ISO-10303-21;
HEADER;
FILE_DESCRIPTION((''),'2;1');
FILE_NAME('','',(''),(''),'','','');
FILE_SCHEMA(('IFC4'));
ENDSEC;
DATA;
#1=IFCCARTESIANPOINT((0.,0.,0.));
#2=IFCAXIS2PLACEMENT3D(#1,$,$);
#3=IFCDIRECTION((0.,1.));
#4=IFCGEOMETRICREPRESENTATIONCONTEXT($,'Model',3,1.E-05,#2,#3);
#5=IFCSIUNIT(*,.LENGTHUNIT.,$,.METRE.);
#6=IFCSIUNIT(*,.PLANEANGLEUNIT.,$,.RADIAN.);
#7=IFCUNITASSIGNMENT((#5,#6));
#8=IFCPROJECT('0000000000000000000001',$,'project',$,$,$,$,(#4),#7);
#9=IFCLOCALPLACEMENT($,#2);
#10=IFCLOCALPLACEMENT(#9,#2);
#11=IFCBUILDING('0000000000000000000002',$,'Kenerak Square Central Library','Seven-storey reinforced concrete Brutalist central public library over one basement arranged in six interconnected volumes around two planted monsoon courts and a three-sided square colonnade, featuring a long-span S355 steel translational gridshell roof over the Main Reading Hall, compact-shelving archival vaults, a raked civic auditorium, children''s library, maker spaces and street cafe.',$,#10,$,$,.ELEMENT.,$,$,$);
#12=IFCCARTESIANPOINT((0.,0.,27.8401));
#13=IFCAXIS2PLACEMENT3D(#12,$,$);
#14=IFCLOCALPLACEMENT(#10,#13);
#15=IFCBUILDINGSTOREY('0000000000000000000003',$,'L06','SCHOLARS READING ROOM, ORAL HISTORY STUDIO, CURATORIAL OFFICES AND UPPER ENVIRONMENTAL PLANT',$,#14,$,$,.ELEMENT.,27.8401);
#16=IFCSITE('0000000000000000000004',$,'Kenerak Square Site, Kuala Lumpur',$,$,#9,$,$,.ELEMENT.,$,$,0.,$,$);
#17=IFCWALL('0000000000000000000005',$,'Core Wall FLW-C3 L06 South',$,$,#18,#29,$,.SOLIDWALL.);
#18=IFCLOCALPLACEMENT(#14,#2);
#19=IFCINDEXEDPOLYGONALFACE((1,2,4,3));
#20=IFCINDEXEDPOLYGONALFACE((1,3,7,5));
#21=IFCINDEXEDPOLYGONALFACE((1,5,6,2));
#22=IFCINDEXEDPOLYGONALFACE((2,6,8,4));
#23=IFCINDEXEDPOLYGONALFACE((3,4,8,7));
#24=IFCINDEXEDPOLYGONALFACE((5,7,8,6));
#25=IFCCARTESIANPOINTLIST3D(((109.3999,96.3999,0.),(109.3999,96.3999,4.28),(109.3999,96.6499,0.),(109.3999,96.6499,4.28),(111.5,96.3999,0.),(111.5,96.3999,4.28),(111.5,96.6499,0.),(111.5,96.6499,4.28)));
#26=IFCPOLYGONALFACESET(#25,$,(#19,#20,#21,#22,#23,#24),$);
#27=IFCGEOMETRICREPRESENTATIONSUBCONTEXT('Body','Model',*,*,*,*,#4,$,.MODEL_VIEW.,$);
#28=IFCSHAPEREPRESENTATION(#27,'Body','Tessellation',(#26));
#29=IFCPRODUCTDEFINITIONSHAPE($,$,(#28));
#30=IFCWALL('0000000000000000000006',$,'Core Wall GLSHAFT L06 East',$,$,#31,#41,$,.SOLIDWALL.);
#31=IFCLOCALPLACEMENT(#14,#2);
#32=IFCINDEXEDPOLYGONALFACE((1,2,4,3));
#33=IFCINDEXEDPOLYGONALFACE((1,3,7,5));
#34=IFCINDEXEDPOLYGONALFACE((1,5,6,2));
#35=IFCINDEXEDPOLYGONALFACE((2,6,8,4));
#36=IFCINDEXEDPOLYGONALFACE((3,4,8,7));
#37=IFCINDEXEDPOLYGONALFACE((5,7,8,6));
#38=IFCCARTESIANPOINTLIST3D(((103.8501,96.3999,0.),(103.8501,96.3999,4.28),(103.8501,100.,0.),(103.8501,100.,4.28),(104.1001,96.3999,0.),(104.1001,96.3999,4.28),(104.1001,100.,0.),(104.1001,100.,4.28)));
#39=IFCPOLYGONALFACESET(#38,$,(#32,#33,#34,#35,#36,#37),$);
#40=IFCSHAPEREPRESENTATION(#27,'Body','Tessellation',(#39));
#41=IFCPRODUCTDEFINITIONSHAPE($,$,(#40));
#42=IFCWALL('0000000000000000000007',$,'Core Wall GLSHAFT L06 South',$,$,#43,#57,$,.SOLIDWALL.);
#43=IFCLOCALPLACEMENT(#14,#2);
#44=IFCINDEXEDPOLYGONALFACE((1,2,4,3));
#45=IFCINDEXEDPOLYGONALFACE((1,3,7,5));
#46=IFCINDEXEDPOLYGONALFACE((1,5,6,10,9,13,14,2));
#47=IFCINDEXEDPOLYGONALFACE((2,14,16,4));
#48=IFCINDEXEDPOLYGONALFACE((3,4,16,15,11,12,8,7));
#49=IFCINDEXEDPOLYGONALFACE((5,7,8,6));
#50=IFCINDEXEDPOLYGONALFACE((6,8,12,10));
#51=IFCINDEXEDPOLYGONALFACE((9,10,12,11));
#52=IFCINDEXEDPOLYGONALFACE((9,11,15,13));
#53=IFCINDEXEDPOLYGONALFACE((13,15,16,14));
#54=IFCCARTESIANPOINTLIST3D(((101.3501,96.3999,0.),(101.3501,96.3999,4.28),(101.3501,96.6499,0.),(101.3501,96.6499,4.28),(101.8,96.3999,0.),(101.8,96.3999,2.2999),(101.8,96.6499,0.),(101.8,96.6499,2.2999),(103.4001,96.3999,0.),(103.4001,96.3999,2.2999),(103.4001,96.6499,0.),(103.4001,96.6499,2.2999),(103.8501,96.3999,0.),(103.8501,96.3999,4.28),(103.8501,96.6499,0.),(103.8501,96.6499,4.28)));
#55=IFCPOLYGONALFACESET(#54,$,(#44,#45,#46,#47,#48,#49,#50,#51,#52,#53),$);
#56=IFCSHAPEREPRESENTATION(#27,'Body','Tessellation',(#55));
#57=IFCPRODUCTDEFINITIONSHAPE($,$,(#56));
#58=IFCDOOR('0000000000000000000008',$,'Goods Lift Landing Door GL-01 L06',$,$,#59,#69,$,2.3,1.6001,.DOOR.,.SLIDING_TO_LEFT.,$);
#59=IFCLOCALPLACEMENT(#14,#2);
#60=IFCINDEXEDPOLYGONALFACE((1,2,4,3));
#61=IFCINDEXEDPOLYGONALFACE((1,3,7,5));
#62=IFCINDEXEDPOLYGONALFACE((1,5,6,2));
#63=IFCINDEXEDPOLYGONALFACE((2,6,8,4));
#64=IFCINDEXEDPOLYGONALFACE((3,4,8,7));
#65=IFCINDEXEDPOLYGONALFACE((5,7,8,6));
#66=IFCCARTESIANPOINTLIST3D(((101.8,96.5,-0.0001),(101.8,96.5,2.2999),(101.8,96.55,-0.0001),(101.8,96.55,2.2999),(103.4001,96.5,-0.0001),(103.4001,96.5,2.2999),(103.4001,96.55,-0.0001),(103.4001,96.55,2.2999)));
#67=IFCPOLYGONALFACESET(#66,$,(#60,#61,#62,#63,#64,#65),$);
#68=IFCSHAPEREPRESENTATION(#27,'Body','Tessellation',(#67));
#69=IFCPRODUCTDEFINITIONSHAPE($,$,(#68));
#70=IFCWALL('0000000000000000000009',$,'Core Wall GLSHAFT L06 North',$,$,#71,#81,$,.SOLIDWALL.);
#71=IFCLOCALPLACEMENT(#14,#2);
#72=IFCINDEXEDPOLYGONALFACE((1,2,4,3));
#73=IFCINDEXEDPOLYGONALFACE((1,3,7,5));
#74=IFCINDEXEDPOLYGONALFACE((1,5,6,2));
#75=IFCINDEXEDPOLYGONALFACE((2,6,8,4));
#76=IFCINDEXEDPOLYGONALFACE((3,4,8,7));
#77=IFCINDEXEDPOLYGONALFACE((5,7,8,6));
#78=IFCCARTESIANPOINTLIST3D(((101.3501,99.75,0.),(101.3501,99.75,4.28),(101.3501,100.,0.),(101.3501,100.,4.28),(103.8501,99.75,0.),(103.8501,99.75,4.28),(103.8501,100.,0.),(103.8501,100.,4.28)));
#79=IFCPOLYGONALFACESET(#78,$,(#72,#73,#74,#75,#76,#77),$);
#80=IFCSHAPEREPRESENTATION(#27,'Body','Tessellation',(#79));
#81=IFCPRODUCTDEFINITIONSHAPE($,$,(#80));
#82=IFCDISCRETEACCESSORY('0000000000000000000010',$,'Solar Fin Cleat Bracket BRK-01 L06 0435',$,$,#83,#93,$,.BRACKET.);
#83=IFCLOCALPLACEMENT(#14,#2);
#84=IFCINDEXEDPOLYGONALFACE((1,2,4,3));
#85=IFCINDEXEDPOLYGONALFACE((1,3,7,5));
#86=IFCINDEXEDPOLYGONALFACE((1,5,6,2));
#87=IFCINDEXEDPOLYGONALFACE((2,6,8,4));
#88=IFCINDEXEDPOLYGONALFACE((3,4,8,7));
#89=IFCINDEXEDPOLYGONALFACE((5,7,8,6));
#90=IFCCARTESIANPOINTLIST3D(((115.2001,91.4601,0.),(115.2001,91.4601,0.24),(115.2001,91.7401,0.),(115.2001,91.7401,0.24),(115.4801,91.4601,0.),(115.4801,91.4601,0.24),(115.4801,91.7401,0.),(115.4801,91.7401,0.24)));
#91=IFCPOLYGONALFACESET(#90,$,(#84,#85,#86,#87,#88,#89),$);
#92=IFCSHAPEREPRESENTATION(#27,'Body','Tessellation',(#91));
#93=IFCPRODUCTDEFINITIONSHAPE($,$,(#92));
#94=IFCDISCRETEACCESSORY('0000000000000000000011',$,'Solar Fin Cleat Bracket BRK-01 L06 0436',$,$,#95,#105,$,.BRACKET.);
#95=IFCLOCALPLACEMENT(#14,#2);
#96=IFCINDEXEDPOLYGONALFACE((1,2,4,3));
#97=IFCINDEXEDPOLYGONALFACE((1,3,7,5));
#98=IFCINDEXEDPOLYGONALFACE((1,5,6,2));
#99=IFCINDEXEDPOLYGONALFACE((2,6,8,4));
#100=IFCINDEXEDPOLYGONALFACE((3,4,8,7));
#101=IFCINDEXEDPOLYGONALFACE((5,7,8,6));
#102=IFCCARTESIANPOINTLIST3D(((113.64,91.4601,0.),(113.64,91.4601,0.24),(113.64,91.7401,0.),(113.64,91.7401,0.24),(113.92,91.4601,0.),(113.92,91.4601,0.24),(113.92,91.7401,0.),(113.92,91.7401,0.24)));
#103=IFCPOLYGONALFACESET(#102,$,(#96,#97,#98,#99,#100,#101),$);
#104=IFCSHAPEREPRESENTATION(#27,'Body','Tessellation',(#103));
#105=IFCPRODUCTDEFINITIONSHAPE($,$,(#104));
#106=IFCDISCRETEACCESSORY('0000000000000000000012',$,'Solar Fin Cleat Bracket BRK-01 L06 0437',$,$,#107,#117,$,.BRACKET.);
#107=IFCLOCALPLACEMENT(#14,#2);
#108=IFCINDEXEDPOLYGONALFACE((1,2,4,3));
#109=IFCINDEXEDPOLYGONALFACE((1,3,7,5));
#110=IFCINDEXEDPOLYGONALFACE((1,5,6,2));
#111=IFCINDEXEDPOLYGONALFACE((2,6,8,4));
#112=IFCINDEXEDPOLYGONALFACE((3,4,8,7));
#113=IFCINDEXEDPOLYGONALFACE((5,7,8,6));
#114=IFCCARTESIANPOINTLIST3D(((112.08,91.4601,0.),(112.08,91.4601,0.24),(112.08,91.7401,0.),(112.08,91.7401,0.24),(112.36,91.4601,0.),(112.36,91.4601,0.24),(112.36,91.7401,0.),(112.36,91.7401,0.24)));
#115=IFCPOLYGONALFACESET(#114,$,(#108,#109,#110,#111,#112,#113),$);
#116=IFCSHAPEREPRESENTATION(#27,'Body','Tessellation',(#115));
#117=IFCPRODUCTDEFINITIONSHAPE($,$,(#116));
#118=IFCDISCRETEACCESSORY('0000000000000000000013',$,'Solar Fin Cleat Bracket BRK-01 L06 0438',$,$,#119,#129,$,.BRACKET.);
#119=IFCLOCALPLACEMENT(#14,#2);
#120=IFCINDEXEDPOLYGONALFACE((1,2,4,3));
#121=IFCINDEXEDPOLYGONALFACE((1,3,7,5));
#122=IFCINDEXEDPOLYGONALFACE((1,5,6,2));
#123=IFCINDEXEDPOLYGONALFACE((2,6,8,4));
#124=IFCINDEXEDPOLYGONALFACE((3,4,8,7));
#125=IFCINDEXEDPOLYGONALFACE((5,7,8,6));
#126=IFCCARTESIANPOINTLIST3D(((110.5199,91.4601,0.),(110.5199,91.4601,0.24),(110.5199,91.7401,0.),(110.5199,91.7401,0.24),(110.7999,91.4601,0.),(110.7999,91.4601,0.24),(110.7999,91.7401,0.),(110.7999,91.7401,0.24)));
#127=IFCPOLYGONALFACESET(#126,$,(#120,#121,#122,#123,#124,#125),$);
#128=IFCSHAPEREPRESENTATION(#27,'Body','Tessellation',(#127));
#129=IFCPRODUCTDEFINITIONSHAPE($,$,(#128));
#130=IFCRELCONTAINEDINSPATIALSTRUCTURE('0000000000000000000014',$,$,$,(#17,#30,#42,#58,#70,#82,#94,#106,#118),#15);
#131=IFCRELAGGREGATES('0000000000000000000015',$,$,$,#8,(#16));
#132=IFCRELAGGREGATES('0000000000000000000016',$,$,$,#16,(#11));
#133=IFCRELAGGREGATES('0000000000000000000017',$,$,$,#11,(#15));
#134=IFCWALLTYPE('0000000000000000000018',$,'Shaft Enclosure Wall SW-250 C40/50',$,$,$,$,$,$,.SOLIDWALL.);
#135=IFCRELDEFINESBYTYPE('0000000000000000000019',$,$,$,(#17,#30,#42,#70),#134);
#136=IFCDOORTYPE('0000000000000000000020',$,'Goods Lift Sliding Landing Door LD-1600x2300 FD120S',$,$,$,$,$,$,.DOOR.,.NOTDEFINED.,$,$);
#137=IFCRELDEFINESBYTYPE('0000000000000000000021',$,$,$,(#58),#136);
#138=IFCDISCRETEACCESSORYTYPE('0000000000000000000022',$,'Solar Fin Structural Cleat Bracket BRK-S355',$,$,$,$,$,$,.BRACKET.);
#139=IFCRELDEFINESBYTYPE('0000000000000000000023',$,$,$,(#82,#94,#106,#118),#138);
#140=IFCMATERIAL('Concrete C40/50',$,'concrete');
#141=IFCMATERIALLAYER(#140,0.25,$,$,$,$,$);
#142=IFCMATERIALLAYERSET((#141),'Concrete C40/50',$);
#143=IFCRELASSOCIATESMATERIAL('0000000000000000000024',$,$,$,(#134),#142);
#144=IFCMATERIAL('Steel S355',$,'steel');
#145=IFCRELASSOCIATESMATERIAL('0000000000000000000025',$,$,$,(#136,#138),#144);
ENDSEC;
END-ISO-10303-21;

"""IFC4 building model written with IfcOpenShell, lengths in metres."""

from ifc_helpers import new_model, si_unit, direction, frame, frame_2d, origin, origin_2d, place, context, subcontext, project, spatial, rectangle, extrude, material, layer, layer_set, type_object, element, fill, save


model = new_model("IFC4")

# Units and contexts
model_context = context("Model", 3, precision=1e-05, world=origin(), true_north=direction((0.0, 1.0)))
body_context = subcontext(model_context, "Body", "Model", "MODEL_VIEW")
ifc_project = project(units=[si_unit("LENGTHUNIT", "METRE"), si_unit("PLANEANGLEUNIT", "RADIAN")], contexts=[model_context])

# Site, building, storey
site_placement = place(None, origin())
site = spatial("IfcSite", under=ifc_project, at=site_placement, Name="Kenerak Square Site, Kuala Lumpur", CompositionType="ELEMENT", RefElevation=0.0)
building_placement = place(site_placement, origin())
building = spatial("IfcBuilding", under=site, at=building_placement, Name="Kenerak Square Central Library", Description="Seven-storey reinforced concrete Brutalist central public library over one basement arranged in six interconnected volumes around two planted monsoon courts and a three-sided square colonnade, featuring a long-span S355 steel translational gridshell roof over the Main Reading Hall, compact-shelving archival vaults, a raked civic auditorium, children's library, maker spaces and street cafe.", CompositionType="ELEMENT")
storey_placement = place(building_placement, frame((0.0, 0.0, 27.8401)))
storey = spatial("IfcBuildingStorey", under=building, at=storey_placement, Name="L06", Description="SCHOLARS READING ROOM, ORAL HISTORY STUDIO, CURATORIAL OFFICES AND UPPER ENVIRONMENTAL PLANT", CompositionType="ELEMENT", Elevation=27.8401)

# Shared definitions
ifc_material_1 = material(Name="Concrete C40/50", Category="concrete")

# Shared definitions
ifc_material_2 = material(Name="Steel S355", Category="steel")

# Walls
ifc_layer_1 = layer(ifc_material_1, 0.25)
ifc_layer_set_1 = layer_set([ifc_layer_1], Name="Concrete C40/50")
wall_type_1 = type_object("IfcWallType", Name="Shaft Enclosure Wall SW-250 C40/50", PredefinedType="SOLIDWALL", material=ifc_layer_set_1)
wall_1_placement = place(storey_placement, frame((111.5, 96.5249, 0.0), z_axis=(0.0, 0.0, 1.0), x_axis=(-1.0, 0.0, 0.0)))
element("IfcWall", 1, at=wall_1_placement, inside=storey, type_object=wall_type_1, Name="Core Wall FLW-C3 L06 South", PredefinedType="SOLIDWALL", context=body_context, shape_type="SweptSolid", body=[
    extrude(rectangle(XDim=2.1001, YDim=0.25, at=frame_2d((1.05, 0.0))), origin(), (0.0, 0.0, 1.0), 4.28),
])
wall_2_placement = place(storey_placement, frame((103.9751, 100.0, 0.0), z_axis=(0.0, 0.0, 1.0), x_axis=(0.0, -1.0, 0.0)))
element("IfcWall", 2, at=wall_2_placement, inside=storey, type_object=wall_type_1, Name="Core Wall GLSHAFT L06 East", PredefinedType="SOLIDWALL", context=body_context, shape_type="SweptSolid", body=[
    extrude(rectangle(XDim=3.6001, YDim=0.25, at=frame_2d((1.8, 0.0))), origin(), (0.0, 0.0, 1.0), 4.28),
])

# Wall, opening, door
wall_3_placement = place(storey_placement, frame((103.8501, 96.5249, 0.0), z_axis=(0.0, 0.0, 1.0), x_axis=(-1.0, 0.0, 0.0)))
wall_3 = element("IfcWall", 3, at=wall_3_placement, inside=storey, type_object=wall_type_1, Name="Core Wall GLSHAFT L06 South", PredefinedType="SOLIDWALL", context=body_context, shape_type="SweptSolid", body=[
    extrude(rectangle(XDim=2.5, YDim=0.25, at=frame_2d((1.25, 0.0))), origin(), (0.0, 0.0, 1.0), 4.28),
])
opening_1_placement = place(wall_3_placement, frame((0.45, 0.0, 0.0)))
opening_1 = element("IfcOpeningElement", 4, at=opening_1_placement, cuts=wall_3, PredefinedType="OPENING", context=body_context, shape_type="SweptSolid", body=[
    extrude(rectangle(XDim=1.6001, YDim=2.3, at=frame_2d((0.8, 1.1499))), frame((0.0, 0.135, 0.0), z_axis=(0.0, -1.0, 0.0), x_axis=(1.0, 0.0, 0.0)), (0.0, 0.0, 1.0), 0.27),
])
door_type_1 = type_object("IfcDoorType", Name="Goods Lift Sliding Landing Door LD-1600x2300 FD120S", OperationType="NOTDEFINED", PredefinedType="DOOR", material=ifc_material_2)
door_1_placement = place(opening_1_placement, origin())
door_1 = element("IfcDoor", 5, at=door_1_placement, inside=storey, type_object=door_type_1, Name="Goods Lift Landing Door GL-01 L06", OperationType="SLIDING_TO_LEFT", OverallHeight=2.3, OverallWidth=1.6001, PredefinedType="DOOR", context=body_context, shape_type="SweptSolid", body=[
    extrude(rectangle(XDim=1.6001, YDim=2.3, at=frame_2d((0.8, 1.1499))), frame((0.0, 0.0249, 0.0), z_axis=(0.0, -1.0, 0.0), x_axis=(1.0, 0.0, 0.0)), (0.0, 0.0, 1.0), 0.05),
])
fill(opening_1, door_1)

# Wall
wall_4_placement = place(storey_placement, frame((101.3501, 99.875, 0.0), z_axis=(0.0, 0.0, 1.0), x_axis=(1.0, 0.0, 0.0)))
element("IfcWall", 6, at=wall_4_placement, inside=storey, type_object=wall_type_1, Name="Core Wall GLSHAFT L06 North", PredefinedType="SOLIDWALL", context=body_context, shape_type="SweptSolid", body=[
    extrude(rectangle(XDim=2.5, YDim=0.25, at=frame_2d((1.25, 0.0))), origin(), (0.0, 0.0, 1.0), 4.28),
])

# Discrete accessories
discrete_accessory_type = type_object("IfcDiscreteAccessoryType", Name="Solar Fin Structural Cleat Bracket BRK-S355", PredefinedType="BRACKET", material=ifc_material_2)
for number, where, z_axis, x_axis, name in (
    (7, (115.3401, 91.6001, 0.0), (0.0, 0.0, 1.0), (-1.0, 0.0, 0.0), "Solar Fin Cleat Bracket BRK-01 L06 0435"),
    (8, (113.78, 91.6001, 0.0), (0.0, 0.0, 1.0), (-1.0, 0.0, 0.0), "Solar Fin Cleat Bracket BRK-01 L06 0436"),
    (9, (112.22, 91.6001, 0.0), (0.0, 0.0, 1.0), (-1.0, 0.0, 0.0), "Solar Fin Cleat Bracket BRK-01 L06 0437"),
    (10, (110.6599, 91.6001, 0.0), (0.0, 0.0, 1.0), (-1.0, 0.0, 0.0), "Solar Fin Cleat Bracket BRK-01 L06 0438"),
):
    element("IfcDiscreteAccessory", number, at=place(storey_placement, frame(where, z_axis=z_axis, x_axis=x_axis)), inside=storey, type_object=discrete_accessory_type, Name=name, PredefinedType="BRACKET", context=body_context, shape_type="SweptSolid", body=[
        extrude(rectangle(XDim=0.28, YDim=0.28, at=origin_2d()), origin(), (0.0, 0.0, 1.0), 0.24),
    ])

save(model, "model.ifc")
